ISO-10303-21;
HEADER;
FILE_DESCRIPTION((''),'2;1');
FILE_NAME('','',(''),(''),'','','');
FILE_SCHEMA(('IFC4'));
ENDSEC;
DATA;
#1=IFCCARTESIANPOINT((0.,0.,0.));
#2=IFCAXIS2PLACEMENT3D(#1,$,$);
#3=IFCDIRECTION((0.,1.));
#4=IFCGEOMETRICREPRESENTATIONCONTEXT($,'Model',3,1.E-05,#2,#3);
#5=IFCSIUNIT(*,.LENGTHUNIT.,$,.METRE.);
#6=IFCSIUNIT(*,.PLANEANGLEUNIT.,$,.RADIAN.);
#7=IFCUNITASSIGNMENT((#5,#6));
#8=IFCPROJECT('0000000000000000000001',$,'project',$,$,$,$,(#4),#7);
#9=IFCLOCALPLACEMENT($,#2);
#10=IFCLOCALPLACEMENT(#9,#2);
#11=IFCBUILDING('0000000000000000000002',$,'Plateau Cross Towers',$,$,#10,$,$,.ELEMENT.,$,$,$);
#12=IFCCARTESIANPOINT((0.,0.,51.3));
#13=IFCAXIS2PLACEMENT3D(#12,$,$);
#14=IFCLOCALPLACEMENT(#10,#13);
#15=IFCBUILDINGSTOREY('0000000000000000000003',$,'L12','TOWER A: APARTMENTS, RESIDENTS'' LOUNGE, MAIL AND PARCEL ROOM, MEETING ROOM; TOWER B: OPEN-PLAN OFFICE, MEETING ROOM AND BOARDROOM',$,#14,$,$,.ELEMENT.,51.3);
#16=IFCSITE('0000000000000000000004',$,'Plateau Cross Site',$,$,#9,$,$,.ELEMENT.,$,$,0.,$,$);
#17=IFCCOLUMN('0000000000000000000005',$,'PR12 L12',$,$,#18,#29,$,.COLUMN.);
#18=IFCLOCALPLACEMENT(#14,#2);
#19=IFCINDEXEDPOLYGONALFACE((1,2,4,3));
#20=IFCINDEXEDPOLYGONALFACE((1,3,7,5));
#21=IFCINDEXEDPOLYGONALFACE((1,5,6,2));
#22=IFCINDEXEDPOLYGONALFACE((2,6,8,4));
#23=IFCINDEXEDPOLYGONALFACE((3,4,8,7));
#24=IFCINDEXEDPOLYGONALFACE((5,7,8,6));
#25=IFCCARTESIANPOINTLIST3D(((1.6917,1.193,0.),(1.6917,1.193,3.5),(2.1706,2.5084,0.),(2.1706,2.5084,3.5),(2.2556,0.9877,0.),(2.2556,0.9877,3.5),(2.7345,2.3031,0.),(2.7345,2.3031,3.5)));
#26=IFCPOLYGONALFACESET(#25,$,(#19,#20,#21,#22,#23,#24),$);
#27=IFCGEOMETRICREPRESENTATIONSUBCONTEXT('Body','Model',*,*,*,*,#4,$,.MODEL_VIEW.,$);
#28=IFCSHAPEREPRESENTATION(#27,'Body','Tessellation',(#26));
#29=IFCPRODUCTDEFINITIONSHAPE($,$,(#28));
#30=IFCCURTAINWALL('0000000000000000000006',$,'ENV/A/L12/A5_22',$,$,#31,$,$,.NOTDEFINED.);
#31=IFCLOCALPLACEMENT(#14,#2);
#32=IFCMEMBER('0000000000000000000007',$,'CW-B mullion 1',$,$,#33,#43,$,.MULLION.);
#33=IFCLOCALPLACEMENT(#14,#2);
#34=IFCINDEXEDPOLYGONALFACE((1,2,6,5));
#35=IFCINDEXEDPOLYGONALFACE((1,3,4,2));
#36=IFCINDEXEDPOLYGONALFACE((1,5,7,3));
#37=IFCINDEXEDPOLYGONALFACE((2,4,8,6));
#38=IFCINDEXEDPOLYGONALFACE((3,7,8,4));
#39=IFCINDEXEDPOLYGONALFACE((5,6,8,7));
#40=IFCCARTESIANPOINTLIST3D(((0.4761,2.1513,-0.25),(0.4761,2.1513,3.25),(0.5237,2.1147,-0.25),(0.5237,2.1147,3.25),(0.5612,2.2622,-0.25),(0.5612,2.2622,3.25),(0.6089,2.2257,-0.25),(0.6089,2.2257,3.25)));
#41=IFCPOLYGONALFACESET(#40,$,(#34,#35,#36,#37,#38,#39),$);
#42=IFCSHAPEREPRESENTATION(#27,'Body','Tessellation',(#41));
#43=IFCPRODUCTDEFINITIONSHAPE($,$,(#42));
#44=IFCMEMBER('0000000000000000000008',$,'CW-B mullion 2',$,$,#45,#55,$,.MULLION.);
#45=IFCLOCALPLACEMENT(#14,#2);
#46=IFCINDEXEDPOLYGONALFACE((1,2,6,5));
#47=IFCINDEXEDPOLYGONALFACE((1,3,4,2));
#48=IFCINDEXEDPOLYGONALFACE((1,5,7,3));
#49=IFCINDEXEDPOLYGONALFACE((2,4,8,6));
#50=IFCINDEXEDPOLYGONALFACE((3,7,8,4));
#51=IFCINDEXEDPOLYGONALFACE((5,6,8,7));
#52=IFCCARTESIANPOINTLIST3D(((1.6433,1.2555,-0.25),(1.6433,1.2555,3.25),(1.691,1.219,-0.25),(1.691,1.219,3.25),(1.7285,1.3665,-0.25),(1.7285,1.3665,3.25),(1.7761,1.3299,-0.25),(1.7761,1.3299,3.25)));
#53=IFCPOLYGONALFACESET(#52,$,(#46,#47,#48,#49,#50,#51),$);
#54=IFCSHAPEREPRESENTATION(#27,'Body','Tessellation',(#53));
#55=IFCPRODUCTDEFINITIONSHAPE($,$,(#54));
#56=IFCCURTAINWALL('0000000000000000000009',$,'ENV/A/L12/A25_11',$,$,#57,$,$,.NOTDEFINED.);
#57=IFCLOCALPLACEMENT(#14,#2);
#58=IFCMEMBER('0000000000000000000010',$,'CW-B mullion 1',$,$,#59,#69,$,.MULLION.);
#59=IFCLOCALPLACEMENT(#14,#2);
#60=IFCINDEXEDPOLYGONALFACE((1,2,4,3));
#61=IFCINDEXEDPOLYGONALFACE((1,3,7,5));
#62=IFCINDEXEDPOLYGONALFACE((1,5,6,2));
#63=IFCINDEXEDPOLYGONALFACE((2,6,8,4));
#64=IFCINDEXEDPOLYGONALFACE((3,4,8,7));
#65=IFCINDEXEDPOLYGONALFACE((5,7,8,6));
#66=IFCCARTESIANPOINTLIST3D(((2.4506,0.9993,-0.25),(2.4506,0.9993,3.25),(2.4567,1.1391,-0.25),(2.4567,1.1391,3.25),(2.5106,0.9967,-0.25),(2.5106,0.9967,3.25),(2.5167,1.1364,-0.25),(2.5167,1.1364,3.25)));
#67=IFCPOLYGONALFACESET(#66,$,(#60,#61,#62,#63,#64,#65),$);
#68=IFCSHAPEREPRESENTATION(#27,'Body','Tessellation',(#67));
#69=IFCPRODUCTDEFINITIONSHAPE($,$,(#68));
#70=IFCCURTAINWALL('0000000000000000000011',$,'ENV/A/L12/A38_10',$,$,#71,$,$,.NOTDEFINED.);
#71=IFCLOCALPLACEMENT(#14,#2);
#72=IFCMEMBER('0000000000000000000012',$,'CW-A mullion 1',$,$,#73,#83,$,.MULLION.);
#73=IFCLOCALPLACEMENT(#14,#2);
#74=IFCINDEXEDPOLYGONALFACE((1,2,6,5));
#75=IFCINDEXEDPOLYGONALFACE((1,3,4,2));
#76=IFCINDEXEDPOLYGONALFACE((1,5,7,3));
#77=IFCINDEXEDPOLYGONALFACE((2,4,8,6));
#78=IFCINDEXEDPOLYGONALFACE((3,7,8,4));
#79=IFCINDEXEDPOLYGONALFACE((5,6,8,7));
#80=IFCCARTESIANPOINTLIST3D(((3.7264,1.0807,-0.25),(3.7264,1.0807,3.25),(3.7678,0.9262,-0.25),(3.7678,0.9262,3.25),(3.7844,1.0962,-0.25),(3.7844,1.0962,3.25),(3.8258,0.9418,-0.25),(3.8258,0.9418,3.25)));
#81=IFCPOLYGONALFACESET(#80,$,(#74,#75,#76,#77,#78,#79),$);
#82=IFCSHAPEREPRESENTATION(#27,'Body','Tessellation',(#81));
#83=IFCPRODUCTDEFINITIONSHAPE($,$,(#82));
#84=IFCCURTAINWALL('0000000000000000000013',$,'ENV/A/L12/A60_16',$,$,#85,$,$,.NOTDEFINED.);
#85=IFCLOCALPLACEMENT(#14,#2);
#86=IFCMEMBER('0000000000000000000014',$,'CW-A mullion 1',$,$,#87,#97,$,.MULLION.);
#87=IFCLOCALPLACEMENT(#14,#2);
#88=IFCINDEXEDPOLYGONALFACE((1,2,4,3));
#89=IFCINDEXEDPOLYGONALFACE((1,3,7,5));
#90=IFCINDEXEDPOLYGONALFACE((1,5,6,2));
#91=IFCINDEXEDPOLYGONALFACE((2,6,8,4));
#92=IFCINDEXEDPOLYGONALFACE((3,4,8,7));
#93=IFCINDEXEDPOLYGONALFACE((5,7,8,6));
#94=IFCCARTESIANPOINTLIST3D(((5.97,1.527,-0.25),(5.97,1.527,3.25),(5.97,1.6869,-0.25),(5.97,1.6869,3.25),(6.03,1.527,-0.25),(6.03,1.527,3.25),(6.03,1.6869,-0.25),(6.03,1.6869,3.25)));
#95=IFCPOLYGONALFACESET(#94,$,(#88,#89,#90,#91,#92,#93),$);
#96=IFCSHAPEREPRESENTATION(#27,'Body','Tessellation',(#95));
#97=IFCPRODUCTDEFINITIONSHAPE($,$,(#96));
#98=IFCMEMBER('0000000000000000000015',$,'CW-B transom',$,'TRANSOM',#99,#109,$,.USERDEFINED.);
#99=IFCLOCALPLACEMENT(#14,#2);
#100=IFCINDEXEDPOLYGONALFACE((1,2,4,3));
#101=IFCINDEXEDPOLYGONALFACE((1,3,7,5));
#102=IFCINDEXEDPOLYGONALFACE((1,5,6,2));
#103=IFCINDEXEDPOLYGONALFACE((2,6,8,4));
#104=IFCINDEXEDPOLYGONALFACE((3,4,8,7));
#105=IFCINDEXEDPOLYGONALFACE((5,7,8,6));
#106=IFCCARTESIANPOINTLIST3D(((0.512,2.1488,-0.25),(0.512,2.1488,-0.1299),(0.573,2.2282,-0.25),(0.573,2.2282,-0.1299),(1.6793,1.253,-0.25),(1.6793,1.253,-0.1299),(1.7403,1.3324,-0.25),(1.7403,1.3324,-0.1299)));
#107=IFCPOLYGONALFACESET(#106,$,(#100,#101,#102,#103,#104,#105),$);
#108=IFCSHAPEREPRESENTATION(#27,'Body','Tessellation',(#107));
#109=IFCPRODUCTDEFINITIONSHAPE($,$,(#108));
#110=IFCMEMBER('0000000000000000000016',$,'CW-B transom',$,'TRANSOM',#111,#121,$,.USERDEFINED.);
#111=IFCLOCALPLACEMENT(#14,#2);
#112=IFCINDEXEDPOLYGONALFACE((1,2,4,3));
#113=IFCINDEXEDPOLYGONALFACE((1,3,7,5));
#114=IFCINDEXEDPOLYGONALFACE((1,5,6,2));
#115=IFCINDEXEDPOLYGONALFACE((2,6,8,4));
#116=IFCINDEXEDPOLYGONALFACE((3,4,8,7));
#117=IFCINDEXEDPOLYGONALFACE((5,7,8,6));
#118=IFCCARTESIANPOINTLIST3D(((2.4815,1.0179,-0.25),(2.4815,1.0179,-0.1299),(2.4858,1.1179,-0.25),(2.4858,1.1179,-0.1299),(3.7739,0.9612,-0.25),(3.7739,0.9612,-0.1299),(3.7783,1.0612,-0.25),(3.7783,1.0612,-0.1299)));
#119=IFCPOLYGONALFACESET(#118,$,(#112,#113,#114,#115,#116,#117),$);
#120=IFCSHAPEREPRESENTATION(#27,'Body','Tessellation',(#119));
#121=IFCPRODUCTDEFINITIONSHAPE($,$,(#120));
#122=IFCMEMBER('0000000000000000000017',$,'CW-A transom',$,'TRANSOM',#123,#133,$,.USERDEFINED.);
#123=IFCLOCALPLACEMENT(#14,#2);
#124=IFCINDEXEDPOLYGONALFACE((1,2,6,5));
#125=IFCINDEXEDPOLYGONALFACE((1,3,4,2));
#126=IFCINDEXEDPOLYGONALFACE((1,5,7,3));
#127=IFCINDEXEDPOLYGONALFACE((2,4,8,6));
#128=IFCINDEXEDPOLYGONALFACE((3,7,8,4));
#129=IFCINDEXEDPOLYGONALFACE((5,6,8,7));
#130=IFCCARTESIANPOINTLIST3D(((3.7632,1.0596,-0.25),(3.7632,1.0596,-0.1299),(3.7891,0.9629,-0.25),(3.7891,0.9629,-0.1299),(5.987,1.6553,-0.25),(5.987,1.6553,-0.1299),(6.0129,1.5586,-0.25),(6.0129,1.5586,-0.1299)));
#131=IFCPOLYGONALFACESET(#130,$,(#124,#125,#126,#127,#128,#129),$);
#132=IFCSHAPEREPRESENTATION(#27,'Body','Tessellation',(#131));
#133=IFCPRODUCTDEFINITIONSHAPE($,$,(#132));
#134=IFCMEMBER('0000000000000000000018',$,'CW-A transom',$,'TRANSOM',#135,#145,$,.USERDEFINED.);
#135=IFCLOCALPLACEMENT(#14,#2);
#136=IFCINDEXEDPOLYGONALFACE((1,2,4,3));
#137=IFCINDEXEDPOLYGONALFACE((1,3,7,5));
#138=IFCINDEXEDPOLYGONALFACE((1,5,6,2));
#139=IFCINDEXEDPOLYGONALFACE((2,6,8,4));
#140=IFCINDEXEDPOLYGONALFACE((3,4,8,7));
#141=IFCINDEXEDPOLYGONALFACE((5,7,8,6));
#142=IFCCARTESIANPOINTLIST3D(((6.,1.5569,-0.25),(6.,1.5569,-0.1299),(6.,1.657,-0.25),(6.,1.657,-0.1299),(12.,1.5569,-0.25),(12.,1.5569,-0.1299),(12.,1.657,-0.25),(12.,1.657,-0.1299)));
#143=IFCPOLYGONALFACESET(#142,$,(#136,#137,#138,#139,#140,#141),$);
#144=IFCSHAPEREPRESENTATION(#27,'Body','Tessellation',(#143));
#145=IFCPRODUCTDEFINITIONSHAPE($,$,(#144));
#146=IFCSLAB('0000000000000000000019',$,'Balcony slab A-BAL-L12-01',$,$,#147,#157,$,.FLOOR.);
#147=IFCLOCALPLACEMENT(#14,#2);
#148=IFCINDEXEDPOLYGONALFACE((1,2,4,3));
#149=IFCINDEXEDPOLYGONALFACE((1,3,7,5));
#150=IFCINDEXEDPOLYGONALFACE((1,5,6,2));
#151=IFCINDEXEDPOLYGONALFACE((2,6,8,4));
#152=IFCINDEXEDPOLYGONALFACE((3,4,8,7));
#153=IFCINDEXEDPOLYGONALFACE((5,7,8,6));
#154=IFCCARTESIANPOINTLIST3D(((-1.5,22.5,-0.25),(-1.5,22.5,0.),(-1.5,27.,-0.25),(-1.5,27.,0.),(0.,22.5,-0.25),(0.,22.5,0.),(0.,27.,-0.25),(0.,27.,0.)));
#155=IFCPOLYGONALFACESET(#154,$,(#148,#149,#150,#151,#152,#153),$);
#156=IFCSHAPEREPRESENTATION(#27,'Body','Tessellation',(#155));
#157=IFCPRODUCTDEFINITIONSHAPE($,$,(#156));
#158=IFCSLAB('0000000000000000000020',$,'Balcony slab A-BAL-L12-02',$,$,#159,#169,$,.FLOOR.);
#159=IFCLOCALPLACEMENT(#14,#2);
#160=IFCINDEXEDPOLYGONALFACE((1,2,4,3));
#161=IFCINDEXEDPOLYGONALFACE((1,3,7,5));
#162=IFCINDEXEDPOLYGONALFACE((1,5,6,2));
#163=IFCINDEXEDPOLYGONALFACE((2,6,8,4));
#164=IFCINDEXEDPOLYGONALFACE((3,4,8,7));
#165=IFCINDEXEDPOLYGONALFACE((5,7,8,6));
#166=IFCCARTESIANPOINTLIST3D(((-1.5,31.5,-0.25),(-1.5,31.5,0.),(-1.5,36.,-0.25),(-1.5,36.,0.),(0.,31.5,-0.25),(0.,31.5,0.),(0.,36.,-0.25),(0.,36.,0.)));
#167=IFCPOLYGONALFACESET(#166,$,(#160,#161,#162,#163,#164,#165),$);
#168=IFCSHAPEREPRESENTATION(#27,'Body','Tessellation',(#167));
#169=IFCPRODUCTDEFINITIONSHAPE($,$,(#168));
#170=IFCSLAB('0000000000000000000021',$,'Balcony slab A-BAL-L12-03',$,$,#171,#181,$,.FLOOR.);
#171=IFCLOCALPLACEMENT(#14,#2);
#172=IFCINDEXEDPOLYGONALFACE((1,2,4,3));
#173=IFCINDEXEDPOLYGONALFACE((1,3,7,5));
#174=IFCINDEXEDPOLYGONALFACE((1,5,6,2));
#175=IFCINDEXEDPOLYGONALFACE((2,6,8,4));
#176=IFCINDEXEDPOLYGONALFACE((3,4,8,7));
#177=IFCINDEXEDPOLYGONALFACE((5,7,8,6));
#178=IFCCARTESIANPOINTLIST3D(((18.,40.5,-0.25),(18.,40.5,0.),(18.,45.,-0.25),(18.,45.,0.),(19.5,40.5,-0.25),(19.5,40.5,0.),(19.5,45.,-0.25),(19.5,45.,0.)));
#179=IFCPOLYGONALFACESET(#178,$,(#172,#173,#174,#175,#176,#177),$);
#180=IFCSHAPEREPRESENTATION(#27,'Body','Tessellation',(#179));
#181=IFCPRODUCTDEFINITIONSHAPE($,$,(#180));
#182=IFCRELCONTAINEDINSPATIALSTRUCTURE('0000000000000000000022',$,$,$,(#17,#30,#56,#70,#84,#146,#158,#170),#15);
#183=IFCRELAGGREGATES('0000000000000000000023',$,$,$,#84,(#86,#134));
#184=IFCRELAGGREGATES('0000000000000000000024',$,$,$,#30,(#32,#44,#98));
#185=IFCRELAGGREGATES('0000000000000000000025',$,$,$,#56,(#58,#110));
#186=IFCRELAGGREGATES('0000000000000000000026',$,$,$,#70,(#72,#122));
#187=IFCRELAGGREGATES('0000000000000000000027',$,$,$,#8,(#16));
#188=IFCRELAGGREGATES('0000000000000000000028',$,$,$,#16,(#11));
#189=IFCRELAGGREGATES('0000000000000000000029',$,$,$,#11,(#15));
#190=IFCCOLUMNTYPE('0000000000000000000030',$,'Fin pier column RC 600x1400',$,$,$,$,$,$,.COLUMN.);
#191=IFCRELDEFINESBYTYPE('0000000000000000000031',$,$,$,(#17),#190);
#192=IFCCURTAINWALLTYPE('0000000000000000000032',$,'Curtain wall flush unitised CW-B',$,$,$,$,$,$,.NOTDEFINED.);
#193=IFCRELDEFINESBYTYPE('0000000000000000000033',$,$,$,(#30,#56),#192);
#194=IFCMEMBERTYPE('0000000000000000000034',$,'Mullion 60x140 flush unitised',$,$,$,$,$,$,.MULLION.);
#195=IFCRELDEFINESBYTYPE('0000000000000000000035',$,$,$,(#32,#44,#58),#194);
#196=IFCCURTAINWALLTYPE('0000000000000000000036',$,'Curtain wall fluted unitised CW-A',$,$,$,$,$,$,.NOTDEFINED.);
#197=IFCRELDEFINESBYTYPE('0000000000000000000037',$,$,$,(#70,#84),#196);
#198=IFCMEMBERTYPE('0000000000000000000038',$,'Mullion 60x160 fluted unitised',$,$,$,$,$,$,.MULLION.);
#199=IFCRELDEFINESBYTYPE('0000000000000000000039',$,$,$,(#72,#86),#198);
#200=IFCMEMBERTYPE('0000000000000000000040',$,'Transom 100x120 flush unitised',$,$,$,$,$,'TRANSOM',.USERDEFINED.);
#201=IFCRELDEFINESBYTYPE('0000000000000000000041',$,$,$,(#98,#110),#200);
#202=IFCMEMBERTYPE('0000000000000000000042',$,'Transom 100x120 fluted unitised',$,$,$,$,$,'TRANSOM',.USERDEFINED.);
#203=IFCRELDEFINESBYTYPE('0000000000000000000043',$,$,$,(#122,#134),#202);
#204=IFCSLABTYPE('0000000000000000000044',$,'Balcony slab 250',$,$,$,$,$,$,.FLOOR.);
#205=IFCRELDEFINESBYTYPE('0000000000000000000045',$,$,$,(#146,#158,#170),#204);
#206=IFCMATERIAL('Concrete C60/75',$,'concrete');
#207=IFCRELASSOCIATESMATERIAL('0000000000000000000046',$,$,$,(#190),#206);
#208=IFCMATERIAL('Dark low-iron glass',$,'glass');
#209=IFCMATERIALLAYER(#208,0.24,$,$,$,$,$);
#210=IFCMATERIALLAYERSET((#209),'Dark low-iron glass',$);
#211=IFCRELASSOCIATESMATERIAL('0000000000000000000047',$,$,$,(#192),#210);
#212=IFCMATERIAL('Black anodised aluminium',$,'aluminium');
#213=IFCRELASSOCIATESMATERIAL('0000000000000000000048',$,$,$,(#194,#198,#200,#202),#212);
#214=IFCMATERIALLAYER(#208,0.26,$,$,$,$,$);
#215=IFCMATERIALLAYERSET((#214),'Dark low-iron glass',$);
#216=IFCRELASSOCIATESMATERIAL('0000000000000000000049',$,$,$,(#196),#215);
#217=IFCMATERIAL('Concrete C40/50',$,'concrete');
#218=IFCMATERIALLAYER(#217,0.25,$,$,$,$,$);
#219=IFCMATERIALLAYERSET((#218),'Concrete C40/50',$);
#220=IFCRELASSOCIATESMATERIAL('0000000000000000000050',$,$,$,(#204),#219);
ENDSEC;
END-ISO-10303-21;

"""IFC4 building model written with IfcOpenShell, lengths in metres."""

from ifc_helpers import new_model, si_unit, direction, frame, origin, origin_2d, place, context, subcontext, project, spatial, polyline, rectangle, outline, extrude, material, layer, layer_set, material_profile, profile_set, type_object, element, aggregate, save


model = new_model("IFC4")

# Units and contexts
model_context = context("Model", 3, precision=1e-05, world=origin(), true_north=direction((0.0, 1.0)))
body_context = subcontext(model_context, "Body", "Model", "MODEL_VIEW")
ifc_project = project(units=[si_unit("LENGTHUNIT", "METRE"), si_unit("PLANEANGLEUNIT", "RADIAN")], contexts=[model_context])

# Site, building, storey
site_placement = place(None, origin())
site = spatial("IfcSite", under=ifc_project, at=site_placement, Name="Plateau Cross Site", CompositionType="ELEMENT", RefElevation=0.0)
building_placement = place(site_placement, origin())
building = spatial("IfcBuilding", under=site, at=building_placement, Name="Plateau Cross Towers", CompositionType="ELEMENT")
storey_placement = place(building_placement, frame((0.0, 0.0, 51.3)))
storey = spatial("IfcBuildingStorey", under=building, at=storey_placement, Name="L12", Description="TOWER A: APARTMENTS, RESIDENTS' LOUNGE, MAIL AND PARCEL ROOM, MEETING ROOM; TOWER B: OPEN-PLAN OFFICE, MEETING ROOM AND BOARDROOM", CompositionType="ELEMENT", Elevation=51.3)

# Column
ifc_material_1 = material(Name="Concrete C60/75", Category="concrete")
ifc_material_profile_1 = material_profile(ifc_material_1, rectangle(XDim=0.6001, YDim=1.3999, at=origin_2d()), Name="RC 600x1400")
ifc_profile_set_1 = profile_set([ifc_material_profile_1], Name="Concrete C60/75")
column_type = type_object("IfcColumnType", Name="Fin pier column RC 600x1400", PredefinedType="COLUMN", material=ifc_profile_set_1)
column_placement = place(storey_placement, frame((2.2131, 1.748, 0.0), z_axis=(0.0, 0.0, 1.0), x_axis=(-0.939664, 0.342098, 0.0)))
element("IfcColumn", 1, at=column_placement, inside=storey, type_object=column_type, Name="PR12 L12", PredefinedType="COLUMN", context=body_context, shape_type="SweptSolid", body=[
    extrude(rectangle(XDim=0.6001, YDim=1.3999, at=origin_2d()), origin(), (0.0, 0.0, 1.0), 3.5),
])

# Curtain wall, members
ifc_material_2 = material(Name="Dark low-iron glass", Category="glass")
ifc_layer_1 = layer(ifc_material_2, 0.24)
ifc_layer_set_1 = layer_set([ifc_layer_1], Name="Dark low-iron glass")
curtain_wall_type_1 = type_object("IfcCurtainWallType", Name="Curtain wall flush unitised CW-B", PredefinedType="NOTDEFINED", material=ifc_layer_set_1)
curtain_wall_1_placement = place(storey_placement, origin())
curtain_wall_1 = element("IfcCurtainWall", 2, at=curtain_wall_1_placement, inside=storey, type_object=curtain_wall_type_1, Name="ENV/A/L12/A5_22", PredefinedType="NOTDEFINED")
ifc_material_3 = material(Name="Black anodised aluminium", Category="aluminium")
ifc_material_profile_2 = material_profile(ifc_material_3, rectangle(XDim=0.0601, YDim=0.1399, at=origin_2d()), Name="MULLION 60x140")
ifc_profile_set_2 = profile_set([ifc_material_profile_2], Name="Black anodised aluminium")
member_type_1 = type_object("IfcMemberType", Name="Mullion 60x140 flush unitised", PredefinedType="MULLION", material=ifc_profile_set_2)
member_1_placement = place(storey_placement, frame((0.5425, 2.1885, -0.25), z_axis=(0.0, 0.0, 1.0), x_axis=(0.793316, -0.608811, 0.0)))
member_1 = element("IfcMember", 3, at=member_1_placement, type_object=member_type_1, Name="CW-B mullion 1", PredefinedType="MULLION", context=body_context, shape_type="SweptSolid", body=[
    extrude(rectangle(XDim=0.0601, YDim=0.1399, at=origin_2d()), origin(), (0.0, 0.0, 1.0), 3.5),
])
member_2_placement = place(storey_placement, frame((1.7097, 1.2927, -0.25), z_axis=(0.0, 0.0, 1.0), x_axis=(0.793316, -0.608811, 0.0)))
member_2 = element("IfcMember", 4, at=member_2_placement, type_object=member_type_1, Name="CW-B mullion 2", PredefinedType="MULLION", context=body_context, shape_type="SweptSolid", body=[
    extrude(rectangle(XDim=0.0601, YDim=0.1399, at=origin_2d()), origin(), (0.0, 0.0, 1.0), 3.5),
])

# Curtain walls, members
curtain_wall_2_placement = place(storey_placement, origin())
curtain_wall_2 = element("IfcCurtainWall", 5, at=curtain_wall_2_placement, inside=storey, type_object=curtain_wall_type_1, Name="ENV/A/L12/A25_11", PredefinedType="NOTDEFINED")
member_3_placement = place(storey_placement, frame((2.4836, 1.0679, -0.25), z_axis=(0.0, 0.0, 1.0), x_axis=(0.999044, -0.043723, 0.0)))
member_3 = element("IfcMember", 6, at=member_3_placement, type_object=member_type_1, Name="CW-B mullion 1", PredefinedType="MULLION", context=body_context, shape_type="SweptSolid", body=[
    extrude(rectangle(XDim=0.0601, YDim=0.1399, at=origin_2d()), origin(), (0.0, 0.0, 1.0), 3.5),
])
ifc_layer_2 = layer(ifc_material_2, 0.26)
ifc_layer_set_2 = layer_set([ifc_layer_2], Name="Dark low-iron glass")
curtain_wall_type_2 = type_object("IfcCurtainWallType", Name="Curtain wall fluted unitised CW-A", PredefinedType="NOTDEFINED", material=ifc_layer_set_2)
curtain_wall_3_placement = place(storey_placement, origin())
curtain_wall_3 = element("IfcCurtainWall", 7, at=curtain_wall_3_placement, inside=storey, type_object=curtain_wall_type_2, Name="ENV/A/L12/A38_10", PredefinedType="NOTDEFINED")
ifc_material_profile_3 = material_profile(ifc_material_3, rectangle(XDim=0.0601, YDim=0.1599, at=origin_2d()), Name="MULLION 60x160")
ifc_profile_set_3 = profile_set([ifc_material_profile_3], Name="Black anodised aluminium")
member_type_2 = type_object("IfcMemberType", Name="Mullion 60x160 fluted unitised", PredefinedType="MULLION", material=ifc_profile_set_3)
member_4_placement = place(storey_placement, frame((3.7761, 1.0112, -0.25), z_axis=(0.0, 0.0, 1.0), x_axis=(0.965958, 0.258699, 0.0)))
member_4 = element("IfcMember", 8, at=member_4_placement, type_object=member_type_2, Name="CW-A mullion 1", PredefinedType="MULLION", context=body_context, shape_type="SweptSolid", body=[
    extrude(rectangle(XDim=0.0601, YDim=0.1599, at=origin_2d()), origin(), (0.0, 0.0, 1.0), 3.5),
])
curtain_wall_4_placement = place(storey_placement, origin())
curtain_wall_4 = element("IfcCurtainWall", 9, at=curtain_wall_4_placement, inside=storey, type_object=curtain_wall_type_2, Name="ENV/A/L12/A60_16", PredefinedType="NOTDEFINED")
member_5_placement = place(storey_placement, frame((6.0, 1.6069, -0.25), z_axis=(0.0, 0.0, 1.0), x_axis=(1.0, 0.0, 0.0)))
member_5 = element("IfcMember", 10, at=member_5_placement, type_object=member_type_2, Name="CW-A mullion 1", PredefinedType="MULLION", context=body_context, shape_type="SweptSolid", body=[
    extrude(rectangle(XDim=0.0601, YDim=0.1599, at=origin_2d()), origin(), (0.0, 0.0, 1.0), 3.5),
])

# Members
ifc_material_profile_4 = material_profile(ifc_material_3, rectangle(XDim=0.1001, YDim=0.1201, at=origin_2d()), Name="TRANSOM 100x120")
ifc_profile_set_4 = profile_set([ifc_material_profile_4], Name="Black anodised aluminium")
member_type_3 = type_object("IfcMemberType", Name="Transom 100x120 flush unitised", ElementType="TRANSOM", PredefinedType="USERDEFINED", material=ifc_profile_set_4)
member_6_placement = place(storey_placement, frame((0.5425, 2.1885, -0.1899), z_axis=(0.793321, -0.608804, 0.0), x_axis=(0.608804, 0.793321, 0.0)))
member_6 = element("IfcMember", 11, at=member_6_placement, type_object=member_type_3, Name="CW-B transom", ObjectType="TRANSOM", PredefinedType="USERDEFINED", context=body_context, shape_type="SweptSolid", body=[
    extrude(rectangle(XDim=0.1001, YDim=0.1201, at=origin_2d()), origin(), (0.0, 0.0, 1.0), 1.4714),
])
member_7_placement = place(storey_placement, frame((2.4836, 1.0679, -0.1899), z_axis=(0.999041, -0.043781, 0.0), x_axis=(0.043781, 0.999041, 0.0)))
member_7 = element("IfcMember", 12, at=member_7_placement, type_object=member_type_3, Name="CW-B transom", ObjectType="TRANSOM", PredefinedType="USERDEFINED", context=body_context, shape_type="SweptSolid", body=[
    extrude(rectangle(XDim=0.1001, YDim=0.1201, at=origin_2d()), origin(), (0.0, 0.0, 1.0), 1.2937),
])
ifc_material_profile_5 = material_profile(ifc_material_3, rectangle(XDim=0.1001, YDim=0.1201, at=origin_2d()), Name="TRANSOM 100x120")
ifc_profile_set_5 = profile_set([ifc_material_profile_5], Name="Black anodised aluminium")
member_type_4 = type_object("IfcMemberType", Name="Transom 100x120 fluted unitised", ElementType="TRANSOM", PredefinedType="USERDEFINED", material=ifc_profile_set_5)
member_8_placement = place(storey_placement, frame((3.7761, 1.0112, -0.1899), z_axis=(0.965946, 0.258745, 0.0), x_axis=(-0.258745, 0.965946, 0.0)))
member_8 = element("IfcMember", 13, at=member_8_placement, type_object=member_type_4, Name="CW-A transom", ObjectType="TRANSOM", PredefinedType="USERDEFINED", context=body_context, shape_type="SweptSolid", body=[
    extrude(rectangle(XDim=0.1001, YDim=0.1201, at=origin_2d()), origin(), (0.0, 0.0, 1.0), 2.3022),
])
member_9_placement = place(storey_placement, frame((6.0, 1.6069, -0.1899), z_axis=(1.0, 0.0, 0.0), x_axis=(0.0, 1.0, 0.0)))
member_9 = element("IfcMember", 14, at=member_9_placement, type_object=member_type_4, Name="CW-A transom", ObjectType="TRANSOM", PredefinedType="USERDEFINED", context=body_context, shape_type="SweptSolid", body=[
    extrude(rectangle(XDim=0.1001, YDim=0.1201, at=origin_2d()), origin(), (0.0, 0.0, 1.0), 6.0),
])
aggregate(curtain_wall_4, [member_5, member_9])

# Slabs
ifc_material_4 = material(Name="Concrete C40/50", Category="concrete")
ifc_layer_3 = layer(ifc_material_4, 0.25)
ifc_layer_set_3 = layer_set([ifc_layer_3], Name="Concrete C40/50")
slab_type_1 = type_object("IfcSlabType", Name="Balcony slab 250", PredefinedType="FLOOR", material=ifc_layer_set_3)
slab_1_placement = place(storey_placement, frame((0.0, 0.0, -0.25)))
element("IfcSlab", 15, at=slab_1_placement, inside=storey, type_object=slab_type_1, Name="Balcony slab A-BAL-L12-01", PredefinedType="FLOOR", context=body_context, shape_type="SweptSolid", body=[
    extrude(outline(polyline([(0.0, 22.5), (0.0, 27.0), (-1.5, 27.0), (-1.5, 22.5), (0.0, 22.5)])), origin(), (0.0, 0.0, 1.0), 0.25),
])
slab_2_placement = place(storey_placement, frame((0.0, 0.0, -0.25)))
element("IfcSlab", 16, at=slab_2_placement, inside=storey, type_object=slab_type_1, Name="Balcony slab A-BAL-L12-02", PredefinedType="FLOOR", context=body_context, shape_type="SweptSolid", body=[
    extrude(outline(polyline([(0.0, 31.5), (0.0, 36.0), (-1.5, 36.0), (-1.5, 31.5), (0.0, 31.5)])), origin(), (0.0, 0.0, 1.0), 0.25),
])
slab_3_placement = place(storey_placement, frame((0.0, 0.0, -0.25)))
element("IfcSlab", 17, at=slab_3_placement, inside=storey, type_object=slab_type_1, Name="Balcony slab A-BAL-L12-03", PredefinedType="FLOOR", context=body_context, shape_type="SweptSolid", body=[
    extrude(outline(polyline([(19.5, 40.5), (19.5, 45.0), (18.0, 45.0), (18.0, 40.5), (19.5, 40.5)])), origin(), (0.0, 0.0, 1.0), 0.25),
])

aggregate(curtain_wall_1, [member_1, member_2, member_6])
aggregate(curtain_wall_2, [member_3, member_7])
aggregate(curtain_wall_3, [member_4, member_8])

save(model, "model.ifc")
